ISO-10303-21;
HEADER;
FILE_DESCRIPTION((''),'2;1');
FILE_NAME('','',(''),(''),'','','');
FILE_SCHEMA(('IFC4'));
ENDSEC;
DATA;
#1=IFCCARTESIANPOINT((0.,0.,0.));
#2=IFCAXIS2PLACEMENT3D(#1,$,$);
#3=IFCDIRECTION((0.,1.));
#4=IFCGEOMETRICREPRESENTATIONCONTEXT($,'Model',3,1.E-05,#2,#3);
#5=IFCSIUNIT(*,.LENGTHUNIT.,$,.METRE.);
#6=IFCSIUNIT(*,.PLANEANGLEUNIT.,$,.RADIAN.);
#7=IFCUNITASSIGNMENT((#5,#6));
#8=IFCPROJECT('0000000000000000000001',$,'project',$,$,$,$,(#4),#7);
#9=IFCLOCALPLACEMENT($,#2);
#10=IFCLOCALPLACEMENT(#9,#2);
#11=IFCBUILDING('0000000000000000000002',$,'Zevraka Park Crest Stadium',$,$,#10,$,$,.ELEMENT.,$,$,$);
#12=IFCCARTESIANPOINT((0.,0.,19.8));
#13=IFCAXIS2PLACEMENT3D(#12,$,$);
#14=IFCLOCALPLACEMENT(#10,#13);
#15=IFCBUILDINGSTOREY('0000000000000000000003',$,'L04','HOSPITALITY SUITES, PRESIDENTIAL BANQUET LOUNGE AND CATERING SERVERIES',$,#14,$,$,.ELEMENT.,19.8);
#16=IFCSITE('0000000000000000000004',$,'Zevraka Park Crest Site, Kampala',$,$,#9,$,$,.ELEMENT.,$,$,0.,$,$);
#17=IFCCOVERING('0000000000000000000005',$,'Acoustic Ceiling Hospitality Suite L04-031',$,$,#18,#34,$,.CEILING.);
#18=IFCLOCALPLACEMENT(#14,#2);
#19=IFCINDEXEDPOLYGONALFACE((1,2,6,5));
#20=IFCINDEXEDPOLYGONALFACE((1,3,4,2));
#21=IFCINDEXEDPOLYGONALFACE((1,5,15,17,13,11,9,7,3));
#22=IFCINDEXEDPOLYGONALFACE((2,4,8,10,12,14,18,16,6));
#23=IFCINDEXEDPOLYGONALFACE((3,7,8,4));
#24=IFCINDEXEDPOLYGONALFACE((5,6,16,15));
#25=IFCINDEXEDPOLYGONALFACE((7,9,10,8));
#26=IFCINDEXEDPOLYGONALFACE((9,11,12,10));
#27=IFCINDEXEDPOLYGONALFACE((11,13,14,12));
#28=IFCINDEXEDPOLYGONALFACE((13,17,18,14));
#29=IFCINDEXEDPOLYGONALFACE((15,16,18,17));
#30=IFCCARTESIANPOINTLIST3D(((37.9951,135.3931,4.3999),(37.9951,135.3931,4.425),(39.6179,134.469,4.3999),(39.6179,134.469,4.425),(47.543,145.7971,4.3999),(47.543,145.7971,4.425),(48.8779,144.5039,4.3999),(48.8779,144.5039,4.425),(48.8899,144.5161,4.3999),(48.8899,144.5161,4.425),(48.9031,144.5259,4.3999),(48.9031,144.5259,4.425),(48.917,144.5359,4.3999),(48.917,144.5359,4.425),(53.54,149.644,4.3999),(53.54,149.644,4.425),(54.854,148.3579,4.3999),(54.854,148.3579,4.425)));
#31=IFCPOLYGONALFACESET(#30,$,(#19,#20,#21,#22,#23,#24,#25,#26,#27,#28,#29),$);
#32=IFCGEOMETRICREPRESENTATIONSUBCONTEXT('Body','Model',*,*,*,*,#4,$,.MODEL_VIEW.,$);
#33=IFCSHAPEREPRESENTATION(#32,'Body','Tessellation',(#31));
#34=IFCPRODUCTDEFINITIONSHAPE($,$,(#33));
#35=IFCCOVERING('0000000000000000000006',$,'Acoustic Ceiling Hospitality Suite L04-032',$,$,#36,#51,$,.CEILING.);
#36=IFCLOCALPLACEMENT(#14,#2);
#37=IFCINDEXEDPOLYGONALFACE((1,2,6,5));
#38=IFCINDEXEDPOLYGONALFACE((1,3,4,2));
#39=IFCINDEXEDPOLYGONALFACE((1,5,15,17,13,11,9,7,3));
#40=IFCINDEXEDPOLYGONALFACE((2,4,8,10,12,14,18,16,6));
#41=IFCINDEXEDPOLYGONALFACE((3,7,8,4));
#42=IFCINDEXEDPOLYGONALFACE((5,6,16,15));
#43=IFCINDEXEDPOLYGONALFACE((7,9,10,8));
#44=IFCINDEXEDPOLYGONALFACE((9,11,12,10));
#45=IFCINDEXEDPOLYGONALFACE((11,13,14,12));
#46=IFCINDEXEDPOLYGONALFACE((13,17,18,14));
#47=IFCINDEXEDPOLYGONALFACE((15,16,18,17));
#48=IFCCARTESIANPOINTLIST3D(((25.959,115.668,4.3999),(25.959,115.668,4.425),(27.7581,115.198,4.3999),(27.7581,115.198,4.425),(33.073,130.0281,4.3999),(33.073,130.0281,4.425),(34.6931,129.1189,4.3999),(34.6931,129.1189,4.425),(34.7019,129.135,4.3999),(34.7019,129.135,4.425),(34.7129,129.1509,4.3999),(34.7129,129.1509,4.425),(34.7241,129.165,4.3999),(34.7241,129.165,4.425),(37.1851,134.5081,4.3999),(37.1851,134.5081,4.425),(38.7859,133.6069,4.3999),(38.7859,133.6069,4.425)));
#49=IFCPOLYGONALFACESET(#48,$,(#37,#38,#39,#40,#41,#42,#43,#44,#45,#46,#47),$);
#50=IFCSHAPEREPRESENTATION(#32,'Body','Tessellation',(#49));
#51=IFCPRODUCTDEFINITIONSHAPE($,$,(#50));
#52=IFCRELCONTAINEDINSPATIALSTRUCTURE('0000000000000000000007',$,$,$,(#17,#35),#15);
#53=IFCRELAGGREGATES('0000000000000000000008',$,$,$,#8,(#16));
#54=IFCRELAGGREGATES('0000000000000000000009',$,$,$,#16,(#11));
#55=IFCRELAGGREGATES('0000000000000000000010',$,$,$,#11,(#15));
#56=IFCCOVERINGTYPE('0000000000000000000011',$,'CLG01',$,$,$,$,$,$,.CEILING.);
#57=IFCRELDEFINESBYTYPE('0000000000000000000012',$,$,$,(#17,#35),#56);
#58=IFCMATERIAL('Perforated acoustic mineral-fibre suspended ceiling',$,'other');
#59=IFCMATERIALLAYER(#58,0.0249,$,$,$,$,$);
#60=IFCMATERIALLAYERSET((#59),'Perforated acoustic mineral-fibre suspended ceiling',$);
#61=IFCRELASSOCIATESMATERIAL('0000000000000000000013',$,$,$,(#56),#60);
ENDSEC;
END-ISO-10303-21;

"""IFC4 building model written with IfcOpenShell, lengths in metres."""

from ifc_helpers import new_model, si_unit, direction, frame, origin, place, context, subcontext, project, spatial, polyline, outline, extrude, material, layer, layer_set, type_object, element, save


model = new_model("IFC4")

# Units and contexts
model_context = context("Model", 3, precision=1e-05, world=origin(), true_north=direction((0.0, 1.0)))
body_context = subcontext(model_context, "Body", "Model", "MODEL_VIEW")
ifc_project = project(units=[si_unit("LENGTHUNIT", "METRE"), si_unit("PLANEANGLEUNIT", "RADIAN")], contexts=[model_context])

# Site, building, storey
site_placement = place(None, origin())
site = spatial("IfcSite", under=ifc_project, at=site_placement, Name="Zevraka Park Crest Site, Kampala", CompositionType="ELEMENT", RefElevation=0.0)
building_placement = place(site_placement, origin())
building = spatial("IfcBuilding", under=site, at=building_placement, Name="Zevraka Park Crest Stadium", CompositionType="ELEMENT")
storey_placement = place(building_placement, frame((0.0, 0.0, 19.8)))
storey = spatial("IfcBuildingStorey", under=building, at=storey_placement, Name="L04", Description="HOSPITALITY SUITES, PRESIDENTIAL BANQUET LOUNGE AND CATERING SERVERIES", CompositionType="ELEMENT", Elevation=19.8)

# Coverings
ifc_material_1 = material(Name="Perforated acoustic mineral-fibre suspended ceiling", Category="other")
ifc_layer_1 = layer(ifc_material_1, 0.0249)
ifc_layer_set_1 = layer_set([ifc_layer_1], Name="Perforated acoustic mineral-fibre suspended ceiling")
covering_type = type_object("IfcCoveringType", Name="CLG01", PredefinedType="CEILING", material=ifc_layer_set_1)
covering_1_placement = place(storey_placement, frame((0.0, 0.0, 4.3999)))
element("IfcCovering", 1, at=covering_1_placement, inside=storey, type_object=covering_type, Name="Acoustic Ceiling Hospitality Suite L04-031", PredefinedType="CEILING", context=body_context, shape_type="SweptSolid", body=[
    extrude(outline(polyline([(37.9951, 135.3931), (47.543, 145.7971), (53.54, 149.644), (54.854, 148.3579), (48.917, 144.5359), (48.9031, 144.5259), (48.8899, 144.5161), (48.8779, 144.5039), (39.6179, 134.469), (37.9951, 135.3931)])), origin(), (0.0, 0.0, 1.0), 0.0251),
])
covering_2_placement = place(storey_placement, frame((0.0, 0.0, 4.3999)))
element("IfcCovering", 2, at=covering_2_placement, inside=storey, type_object=covering_type, Name="Acoustic Ceiling Hospitality Suite L04-032", PredefinedType="CEILING", context=body_context, shape_type="SweptSolid", body=[
    extrude(outline(polyline([(25.959, 115.668), (33.073, 130.0281), (37.1851, 134.5081), (38.7859, 133.6069), (34.7241, 129.165), (34.7129, 129.1509), (34.7019, 129.135), (34.6931, 129.1189), (27.7581, 115.198), (25.959, 115.668)])), origin(), (0.0, 0.0, 1.0), 0.0251),
])

save(model, "model.ifc")
